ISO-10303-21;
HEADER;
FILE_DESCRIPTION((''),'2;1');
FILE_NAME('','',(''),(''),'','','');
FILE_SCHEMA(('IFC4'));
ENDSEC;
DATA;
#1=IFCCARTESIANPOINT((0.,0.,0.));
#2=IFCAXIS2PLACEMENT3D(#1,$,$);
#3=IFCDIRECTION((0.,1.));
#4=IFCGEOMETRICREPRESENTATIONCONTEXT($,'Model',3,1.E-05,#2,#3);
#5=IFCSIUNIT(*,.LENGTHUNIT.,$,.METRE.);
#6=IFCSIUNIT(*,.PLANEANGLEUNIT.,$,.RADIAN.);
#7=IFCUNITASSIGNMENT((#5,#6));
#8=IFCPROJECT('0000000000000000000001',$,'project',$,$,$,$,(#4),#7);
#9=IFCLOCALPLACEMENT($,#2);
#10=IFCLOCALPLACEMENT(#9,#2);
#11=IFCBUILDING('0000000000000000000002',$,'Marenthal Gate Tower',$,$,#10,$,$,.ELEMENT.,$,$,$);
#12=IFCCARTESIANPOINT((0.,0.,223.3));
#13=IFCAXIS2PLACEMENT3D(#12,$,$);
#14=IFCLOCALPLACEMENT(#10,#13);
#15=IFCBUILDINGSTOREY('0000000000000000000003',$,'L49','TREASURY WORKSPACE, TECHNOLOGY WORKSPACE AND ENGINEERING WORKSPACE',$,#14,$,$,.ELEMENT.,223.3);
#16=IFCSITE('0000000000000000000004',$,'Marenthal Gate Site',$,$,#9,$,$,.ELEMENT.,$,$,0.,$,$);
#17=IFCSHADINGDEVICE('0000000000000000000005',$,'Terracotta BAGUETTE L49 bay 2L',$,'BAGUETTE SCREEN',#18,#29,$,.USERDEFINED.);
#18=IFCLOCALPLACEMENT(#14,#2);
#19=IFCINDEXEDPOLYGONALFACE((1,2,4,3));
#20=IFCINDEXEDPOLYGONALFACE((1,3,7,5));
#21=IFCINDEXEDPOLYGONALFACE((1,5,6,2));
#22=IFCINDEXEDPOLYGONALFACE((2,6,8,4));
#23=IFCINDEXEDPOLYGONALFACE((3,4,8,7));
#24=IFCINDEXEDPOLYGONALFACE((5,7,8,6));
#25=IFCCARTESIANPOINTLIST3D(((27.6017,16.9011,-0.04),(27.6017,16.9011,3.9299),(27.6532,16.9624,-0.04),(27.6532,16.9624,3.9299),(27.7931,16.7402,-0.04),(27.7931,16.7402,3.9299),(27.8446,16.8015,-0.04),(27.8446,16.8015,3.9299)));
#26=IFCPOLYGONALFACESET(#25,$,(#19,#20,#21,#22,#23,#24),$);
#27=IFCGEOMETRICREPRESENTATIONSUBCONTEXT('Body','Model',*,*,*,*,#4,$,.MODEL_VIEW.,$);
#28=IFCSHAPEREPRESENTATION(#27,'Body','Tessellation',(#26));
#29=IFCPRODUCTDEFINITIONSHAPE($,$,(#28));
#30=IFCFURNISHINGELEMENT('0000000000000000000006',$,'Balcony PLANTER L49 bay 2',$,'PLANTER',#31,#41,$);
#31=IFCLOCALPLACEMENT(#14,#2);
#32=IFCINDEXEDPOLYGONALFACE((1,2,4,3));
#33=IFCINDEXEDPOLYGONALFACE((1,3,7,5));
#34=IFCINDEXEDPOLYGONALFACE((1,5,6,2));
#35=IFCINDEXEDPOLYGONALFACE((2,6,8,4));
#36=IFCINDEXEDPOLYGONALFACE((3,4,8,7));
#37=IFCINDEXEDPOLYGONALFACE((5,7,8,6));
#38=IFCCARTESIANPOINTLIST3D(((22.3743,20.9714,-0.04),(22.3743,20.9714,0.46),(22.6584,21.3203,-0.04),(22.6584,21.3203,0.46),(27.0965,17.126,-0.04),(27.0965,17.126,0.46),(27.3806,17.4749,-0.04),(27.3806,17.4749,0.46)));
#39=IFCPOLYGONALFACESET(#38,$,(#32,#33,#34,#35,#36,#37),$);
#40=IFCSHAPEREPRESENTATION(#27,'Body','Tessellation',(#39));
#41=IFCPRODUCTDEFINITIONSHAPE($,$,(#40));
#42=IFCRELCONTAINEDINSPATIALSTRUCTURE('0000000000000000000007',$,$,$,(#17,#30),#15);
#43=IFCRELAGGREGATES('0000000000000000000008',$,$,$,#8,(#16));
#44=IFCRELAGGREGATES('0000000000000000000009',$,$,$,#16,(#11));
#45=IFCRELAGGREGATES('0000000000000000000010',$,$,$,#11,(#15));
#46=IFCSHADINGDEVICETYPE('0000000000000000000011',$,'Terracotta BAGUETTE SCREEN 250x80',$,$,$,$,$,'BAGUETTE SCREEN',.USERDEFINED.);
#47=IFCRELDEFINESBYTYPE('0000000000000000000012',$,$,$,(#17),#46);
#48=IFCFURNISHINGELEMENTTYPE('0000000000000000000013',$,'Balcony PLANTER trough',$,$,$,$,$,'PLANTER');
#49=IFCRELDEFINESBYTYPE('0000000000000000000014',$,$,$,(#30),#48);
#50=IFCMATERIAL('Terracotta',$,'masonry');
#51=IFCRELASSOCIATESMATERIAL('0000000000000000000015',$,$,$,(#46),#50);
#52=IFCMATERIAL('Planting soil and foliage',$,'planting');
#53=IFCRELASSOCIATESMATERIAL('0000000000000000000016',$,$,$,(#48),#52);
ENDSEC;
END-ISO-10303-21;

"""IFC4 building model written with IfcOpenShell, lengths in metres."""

from ifc_helpers import new_model, si_unit, direction, frame, origin, origin_2d, place, context, subcontext, project, spatial, rectangle, extrude, material, material_profile, profile_set, type_object, element, save


model = new_model("IFC4")

# Units and contexts
model_context = context("Model", 3, precision=1e-05, world=origin(), true_north=direction((0.0, 1.0)))
body_context = subcontext(model_context, "Body", "Model", "MODEL_VIEW")
ifc_project = project(units=[si_unit("LENGTHUNIT", "METRE"), si_unit("PLANEANGLEUNIT", "RADIAN")], contexts=[model_context])

# Site, building, storey
site_placement = place(None, origin())
site = spatial("IfcSite", under=ifc_project, at=site_placement, Name="Marenthal Gate Site", CompositionType="ELEMENT", RefElevation=0.0)
building_placement = place(site_placement, origin())
building = spatial("IfcBuilding", under=site, at=building_placement, Name="Marenthal Gate Tower", CompositionType="ELEMENT")
storey_placement = place(building_placement, frame((0.0, 0.0, 223.3)))
storey = spatial("IfcBuildingStorey", under=building, at=storey_placement, Name="L49", Description="TREASURY WORKSPACE, TECHNOLOGY WORKSPACE AND ENGINEERING WORKSPACE", CompositionType="ELEMENT", Elevation=223.3)

# Shading device
ifc_material_1 = material(Name="Terracotta", Category="masonry")
ifc_material_profile_1 = material_profile(ifc_material_1, rectangle(XDim=0.25, YDim=0.0801, at=origin_2d()), Name="Terracotta baguette 250x80")
ifc_profile_set_1 = profile_set([ifc_material_profile_1], Name="Terracotta")
shading_device_type = type_object("IfcShadingDeviceType", Name="Terracotta BAGUETTE SCREEN 250x80", ElementType="BAGUETTE SCREEN", PredefinedType="USERDEFINED", material=ifc_profile_set_1)
shading_device_placement = place(storey_placement, frame((27.7231, 16.8513, -0.04), z_axis=(0.0, 0.0, 1.0), x_axis=(-0.765551, 0.643375, 0.0)))
element("IfcShadingDevice", 1, at=shading_device_placement, inside=storey, type_object=shading_device_type, Name="Terracotta BAGUETTE L49 bay 2L", ObjectType="BAGUETTE SCREEN", PredefinedType="USERDEFINED", context=body_context, shape_type="SweptSolid", body=[
    extrude(rectangle(XDim=0.25, YDim=0.0801, at=origin_2d()), origin(), (0.0, 0.0, 1.0), 3.97),
])

# Furnishing element
ifc_material_2 = material(Name="Planting soil and foliage", Category="planting")
furnishing_element_type = type_object("IfcFurnishingElementType", Name="Balcony PLANTER trough", ElementType="PLANTER", material=ifc_material_2)
furnishing_placement = place(storey_placement, frame((24.8774, 19.2231, -0.04), z_axis=(0.0, 0.0, 1.0), x_axis=(-0.775432, 0.631432, 0.0)))
element("IfcFurnishingElement", 2, at=furnishing_placement, inside=storey, type_object=furnishing_element_type, Name="Balcony PLANTER L49 bay 2", ObjectType="PLANTER", context=body_context, shape_type="SweptSolid", body=[
    extrude(rectangle(XDim=6.0898, YDim=0.45, at=origin_2d()), origin(), (0.0, 0.0, 1.0), 0.5),
])

save(model, "model.ifc")
